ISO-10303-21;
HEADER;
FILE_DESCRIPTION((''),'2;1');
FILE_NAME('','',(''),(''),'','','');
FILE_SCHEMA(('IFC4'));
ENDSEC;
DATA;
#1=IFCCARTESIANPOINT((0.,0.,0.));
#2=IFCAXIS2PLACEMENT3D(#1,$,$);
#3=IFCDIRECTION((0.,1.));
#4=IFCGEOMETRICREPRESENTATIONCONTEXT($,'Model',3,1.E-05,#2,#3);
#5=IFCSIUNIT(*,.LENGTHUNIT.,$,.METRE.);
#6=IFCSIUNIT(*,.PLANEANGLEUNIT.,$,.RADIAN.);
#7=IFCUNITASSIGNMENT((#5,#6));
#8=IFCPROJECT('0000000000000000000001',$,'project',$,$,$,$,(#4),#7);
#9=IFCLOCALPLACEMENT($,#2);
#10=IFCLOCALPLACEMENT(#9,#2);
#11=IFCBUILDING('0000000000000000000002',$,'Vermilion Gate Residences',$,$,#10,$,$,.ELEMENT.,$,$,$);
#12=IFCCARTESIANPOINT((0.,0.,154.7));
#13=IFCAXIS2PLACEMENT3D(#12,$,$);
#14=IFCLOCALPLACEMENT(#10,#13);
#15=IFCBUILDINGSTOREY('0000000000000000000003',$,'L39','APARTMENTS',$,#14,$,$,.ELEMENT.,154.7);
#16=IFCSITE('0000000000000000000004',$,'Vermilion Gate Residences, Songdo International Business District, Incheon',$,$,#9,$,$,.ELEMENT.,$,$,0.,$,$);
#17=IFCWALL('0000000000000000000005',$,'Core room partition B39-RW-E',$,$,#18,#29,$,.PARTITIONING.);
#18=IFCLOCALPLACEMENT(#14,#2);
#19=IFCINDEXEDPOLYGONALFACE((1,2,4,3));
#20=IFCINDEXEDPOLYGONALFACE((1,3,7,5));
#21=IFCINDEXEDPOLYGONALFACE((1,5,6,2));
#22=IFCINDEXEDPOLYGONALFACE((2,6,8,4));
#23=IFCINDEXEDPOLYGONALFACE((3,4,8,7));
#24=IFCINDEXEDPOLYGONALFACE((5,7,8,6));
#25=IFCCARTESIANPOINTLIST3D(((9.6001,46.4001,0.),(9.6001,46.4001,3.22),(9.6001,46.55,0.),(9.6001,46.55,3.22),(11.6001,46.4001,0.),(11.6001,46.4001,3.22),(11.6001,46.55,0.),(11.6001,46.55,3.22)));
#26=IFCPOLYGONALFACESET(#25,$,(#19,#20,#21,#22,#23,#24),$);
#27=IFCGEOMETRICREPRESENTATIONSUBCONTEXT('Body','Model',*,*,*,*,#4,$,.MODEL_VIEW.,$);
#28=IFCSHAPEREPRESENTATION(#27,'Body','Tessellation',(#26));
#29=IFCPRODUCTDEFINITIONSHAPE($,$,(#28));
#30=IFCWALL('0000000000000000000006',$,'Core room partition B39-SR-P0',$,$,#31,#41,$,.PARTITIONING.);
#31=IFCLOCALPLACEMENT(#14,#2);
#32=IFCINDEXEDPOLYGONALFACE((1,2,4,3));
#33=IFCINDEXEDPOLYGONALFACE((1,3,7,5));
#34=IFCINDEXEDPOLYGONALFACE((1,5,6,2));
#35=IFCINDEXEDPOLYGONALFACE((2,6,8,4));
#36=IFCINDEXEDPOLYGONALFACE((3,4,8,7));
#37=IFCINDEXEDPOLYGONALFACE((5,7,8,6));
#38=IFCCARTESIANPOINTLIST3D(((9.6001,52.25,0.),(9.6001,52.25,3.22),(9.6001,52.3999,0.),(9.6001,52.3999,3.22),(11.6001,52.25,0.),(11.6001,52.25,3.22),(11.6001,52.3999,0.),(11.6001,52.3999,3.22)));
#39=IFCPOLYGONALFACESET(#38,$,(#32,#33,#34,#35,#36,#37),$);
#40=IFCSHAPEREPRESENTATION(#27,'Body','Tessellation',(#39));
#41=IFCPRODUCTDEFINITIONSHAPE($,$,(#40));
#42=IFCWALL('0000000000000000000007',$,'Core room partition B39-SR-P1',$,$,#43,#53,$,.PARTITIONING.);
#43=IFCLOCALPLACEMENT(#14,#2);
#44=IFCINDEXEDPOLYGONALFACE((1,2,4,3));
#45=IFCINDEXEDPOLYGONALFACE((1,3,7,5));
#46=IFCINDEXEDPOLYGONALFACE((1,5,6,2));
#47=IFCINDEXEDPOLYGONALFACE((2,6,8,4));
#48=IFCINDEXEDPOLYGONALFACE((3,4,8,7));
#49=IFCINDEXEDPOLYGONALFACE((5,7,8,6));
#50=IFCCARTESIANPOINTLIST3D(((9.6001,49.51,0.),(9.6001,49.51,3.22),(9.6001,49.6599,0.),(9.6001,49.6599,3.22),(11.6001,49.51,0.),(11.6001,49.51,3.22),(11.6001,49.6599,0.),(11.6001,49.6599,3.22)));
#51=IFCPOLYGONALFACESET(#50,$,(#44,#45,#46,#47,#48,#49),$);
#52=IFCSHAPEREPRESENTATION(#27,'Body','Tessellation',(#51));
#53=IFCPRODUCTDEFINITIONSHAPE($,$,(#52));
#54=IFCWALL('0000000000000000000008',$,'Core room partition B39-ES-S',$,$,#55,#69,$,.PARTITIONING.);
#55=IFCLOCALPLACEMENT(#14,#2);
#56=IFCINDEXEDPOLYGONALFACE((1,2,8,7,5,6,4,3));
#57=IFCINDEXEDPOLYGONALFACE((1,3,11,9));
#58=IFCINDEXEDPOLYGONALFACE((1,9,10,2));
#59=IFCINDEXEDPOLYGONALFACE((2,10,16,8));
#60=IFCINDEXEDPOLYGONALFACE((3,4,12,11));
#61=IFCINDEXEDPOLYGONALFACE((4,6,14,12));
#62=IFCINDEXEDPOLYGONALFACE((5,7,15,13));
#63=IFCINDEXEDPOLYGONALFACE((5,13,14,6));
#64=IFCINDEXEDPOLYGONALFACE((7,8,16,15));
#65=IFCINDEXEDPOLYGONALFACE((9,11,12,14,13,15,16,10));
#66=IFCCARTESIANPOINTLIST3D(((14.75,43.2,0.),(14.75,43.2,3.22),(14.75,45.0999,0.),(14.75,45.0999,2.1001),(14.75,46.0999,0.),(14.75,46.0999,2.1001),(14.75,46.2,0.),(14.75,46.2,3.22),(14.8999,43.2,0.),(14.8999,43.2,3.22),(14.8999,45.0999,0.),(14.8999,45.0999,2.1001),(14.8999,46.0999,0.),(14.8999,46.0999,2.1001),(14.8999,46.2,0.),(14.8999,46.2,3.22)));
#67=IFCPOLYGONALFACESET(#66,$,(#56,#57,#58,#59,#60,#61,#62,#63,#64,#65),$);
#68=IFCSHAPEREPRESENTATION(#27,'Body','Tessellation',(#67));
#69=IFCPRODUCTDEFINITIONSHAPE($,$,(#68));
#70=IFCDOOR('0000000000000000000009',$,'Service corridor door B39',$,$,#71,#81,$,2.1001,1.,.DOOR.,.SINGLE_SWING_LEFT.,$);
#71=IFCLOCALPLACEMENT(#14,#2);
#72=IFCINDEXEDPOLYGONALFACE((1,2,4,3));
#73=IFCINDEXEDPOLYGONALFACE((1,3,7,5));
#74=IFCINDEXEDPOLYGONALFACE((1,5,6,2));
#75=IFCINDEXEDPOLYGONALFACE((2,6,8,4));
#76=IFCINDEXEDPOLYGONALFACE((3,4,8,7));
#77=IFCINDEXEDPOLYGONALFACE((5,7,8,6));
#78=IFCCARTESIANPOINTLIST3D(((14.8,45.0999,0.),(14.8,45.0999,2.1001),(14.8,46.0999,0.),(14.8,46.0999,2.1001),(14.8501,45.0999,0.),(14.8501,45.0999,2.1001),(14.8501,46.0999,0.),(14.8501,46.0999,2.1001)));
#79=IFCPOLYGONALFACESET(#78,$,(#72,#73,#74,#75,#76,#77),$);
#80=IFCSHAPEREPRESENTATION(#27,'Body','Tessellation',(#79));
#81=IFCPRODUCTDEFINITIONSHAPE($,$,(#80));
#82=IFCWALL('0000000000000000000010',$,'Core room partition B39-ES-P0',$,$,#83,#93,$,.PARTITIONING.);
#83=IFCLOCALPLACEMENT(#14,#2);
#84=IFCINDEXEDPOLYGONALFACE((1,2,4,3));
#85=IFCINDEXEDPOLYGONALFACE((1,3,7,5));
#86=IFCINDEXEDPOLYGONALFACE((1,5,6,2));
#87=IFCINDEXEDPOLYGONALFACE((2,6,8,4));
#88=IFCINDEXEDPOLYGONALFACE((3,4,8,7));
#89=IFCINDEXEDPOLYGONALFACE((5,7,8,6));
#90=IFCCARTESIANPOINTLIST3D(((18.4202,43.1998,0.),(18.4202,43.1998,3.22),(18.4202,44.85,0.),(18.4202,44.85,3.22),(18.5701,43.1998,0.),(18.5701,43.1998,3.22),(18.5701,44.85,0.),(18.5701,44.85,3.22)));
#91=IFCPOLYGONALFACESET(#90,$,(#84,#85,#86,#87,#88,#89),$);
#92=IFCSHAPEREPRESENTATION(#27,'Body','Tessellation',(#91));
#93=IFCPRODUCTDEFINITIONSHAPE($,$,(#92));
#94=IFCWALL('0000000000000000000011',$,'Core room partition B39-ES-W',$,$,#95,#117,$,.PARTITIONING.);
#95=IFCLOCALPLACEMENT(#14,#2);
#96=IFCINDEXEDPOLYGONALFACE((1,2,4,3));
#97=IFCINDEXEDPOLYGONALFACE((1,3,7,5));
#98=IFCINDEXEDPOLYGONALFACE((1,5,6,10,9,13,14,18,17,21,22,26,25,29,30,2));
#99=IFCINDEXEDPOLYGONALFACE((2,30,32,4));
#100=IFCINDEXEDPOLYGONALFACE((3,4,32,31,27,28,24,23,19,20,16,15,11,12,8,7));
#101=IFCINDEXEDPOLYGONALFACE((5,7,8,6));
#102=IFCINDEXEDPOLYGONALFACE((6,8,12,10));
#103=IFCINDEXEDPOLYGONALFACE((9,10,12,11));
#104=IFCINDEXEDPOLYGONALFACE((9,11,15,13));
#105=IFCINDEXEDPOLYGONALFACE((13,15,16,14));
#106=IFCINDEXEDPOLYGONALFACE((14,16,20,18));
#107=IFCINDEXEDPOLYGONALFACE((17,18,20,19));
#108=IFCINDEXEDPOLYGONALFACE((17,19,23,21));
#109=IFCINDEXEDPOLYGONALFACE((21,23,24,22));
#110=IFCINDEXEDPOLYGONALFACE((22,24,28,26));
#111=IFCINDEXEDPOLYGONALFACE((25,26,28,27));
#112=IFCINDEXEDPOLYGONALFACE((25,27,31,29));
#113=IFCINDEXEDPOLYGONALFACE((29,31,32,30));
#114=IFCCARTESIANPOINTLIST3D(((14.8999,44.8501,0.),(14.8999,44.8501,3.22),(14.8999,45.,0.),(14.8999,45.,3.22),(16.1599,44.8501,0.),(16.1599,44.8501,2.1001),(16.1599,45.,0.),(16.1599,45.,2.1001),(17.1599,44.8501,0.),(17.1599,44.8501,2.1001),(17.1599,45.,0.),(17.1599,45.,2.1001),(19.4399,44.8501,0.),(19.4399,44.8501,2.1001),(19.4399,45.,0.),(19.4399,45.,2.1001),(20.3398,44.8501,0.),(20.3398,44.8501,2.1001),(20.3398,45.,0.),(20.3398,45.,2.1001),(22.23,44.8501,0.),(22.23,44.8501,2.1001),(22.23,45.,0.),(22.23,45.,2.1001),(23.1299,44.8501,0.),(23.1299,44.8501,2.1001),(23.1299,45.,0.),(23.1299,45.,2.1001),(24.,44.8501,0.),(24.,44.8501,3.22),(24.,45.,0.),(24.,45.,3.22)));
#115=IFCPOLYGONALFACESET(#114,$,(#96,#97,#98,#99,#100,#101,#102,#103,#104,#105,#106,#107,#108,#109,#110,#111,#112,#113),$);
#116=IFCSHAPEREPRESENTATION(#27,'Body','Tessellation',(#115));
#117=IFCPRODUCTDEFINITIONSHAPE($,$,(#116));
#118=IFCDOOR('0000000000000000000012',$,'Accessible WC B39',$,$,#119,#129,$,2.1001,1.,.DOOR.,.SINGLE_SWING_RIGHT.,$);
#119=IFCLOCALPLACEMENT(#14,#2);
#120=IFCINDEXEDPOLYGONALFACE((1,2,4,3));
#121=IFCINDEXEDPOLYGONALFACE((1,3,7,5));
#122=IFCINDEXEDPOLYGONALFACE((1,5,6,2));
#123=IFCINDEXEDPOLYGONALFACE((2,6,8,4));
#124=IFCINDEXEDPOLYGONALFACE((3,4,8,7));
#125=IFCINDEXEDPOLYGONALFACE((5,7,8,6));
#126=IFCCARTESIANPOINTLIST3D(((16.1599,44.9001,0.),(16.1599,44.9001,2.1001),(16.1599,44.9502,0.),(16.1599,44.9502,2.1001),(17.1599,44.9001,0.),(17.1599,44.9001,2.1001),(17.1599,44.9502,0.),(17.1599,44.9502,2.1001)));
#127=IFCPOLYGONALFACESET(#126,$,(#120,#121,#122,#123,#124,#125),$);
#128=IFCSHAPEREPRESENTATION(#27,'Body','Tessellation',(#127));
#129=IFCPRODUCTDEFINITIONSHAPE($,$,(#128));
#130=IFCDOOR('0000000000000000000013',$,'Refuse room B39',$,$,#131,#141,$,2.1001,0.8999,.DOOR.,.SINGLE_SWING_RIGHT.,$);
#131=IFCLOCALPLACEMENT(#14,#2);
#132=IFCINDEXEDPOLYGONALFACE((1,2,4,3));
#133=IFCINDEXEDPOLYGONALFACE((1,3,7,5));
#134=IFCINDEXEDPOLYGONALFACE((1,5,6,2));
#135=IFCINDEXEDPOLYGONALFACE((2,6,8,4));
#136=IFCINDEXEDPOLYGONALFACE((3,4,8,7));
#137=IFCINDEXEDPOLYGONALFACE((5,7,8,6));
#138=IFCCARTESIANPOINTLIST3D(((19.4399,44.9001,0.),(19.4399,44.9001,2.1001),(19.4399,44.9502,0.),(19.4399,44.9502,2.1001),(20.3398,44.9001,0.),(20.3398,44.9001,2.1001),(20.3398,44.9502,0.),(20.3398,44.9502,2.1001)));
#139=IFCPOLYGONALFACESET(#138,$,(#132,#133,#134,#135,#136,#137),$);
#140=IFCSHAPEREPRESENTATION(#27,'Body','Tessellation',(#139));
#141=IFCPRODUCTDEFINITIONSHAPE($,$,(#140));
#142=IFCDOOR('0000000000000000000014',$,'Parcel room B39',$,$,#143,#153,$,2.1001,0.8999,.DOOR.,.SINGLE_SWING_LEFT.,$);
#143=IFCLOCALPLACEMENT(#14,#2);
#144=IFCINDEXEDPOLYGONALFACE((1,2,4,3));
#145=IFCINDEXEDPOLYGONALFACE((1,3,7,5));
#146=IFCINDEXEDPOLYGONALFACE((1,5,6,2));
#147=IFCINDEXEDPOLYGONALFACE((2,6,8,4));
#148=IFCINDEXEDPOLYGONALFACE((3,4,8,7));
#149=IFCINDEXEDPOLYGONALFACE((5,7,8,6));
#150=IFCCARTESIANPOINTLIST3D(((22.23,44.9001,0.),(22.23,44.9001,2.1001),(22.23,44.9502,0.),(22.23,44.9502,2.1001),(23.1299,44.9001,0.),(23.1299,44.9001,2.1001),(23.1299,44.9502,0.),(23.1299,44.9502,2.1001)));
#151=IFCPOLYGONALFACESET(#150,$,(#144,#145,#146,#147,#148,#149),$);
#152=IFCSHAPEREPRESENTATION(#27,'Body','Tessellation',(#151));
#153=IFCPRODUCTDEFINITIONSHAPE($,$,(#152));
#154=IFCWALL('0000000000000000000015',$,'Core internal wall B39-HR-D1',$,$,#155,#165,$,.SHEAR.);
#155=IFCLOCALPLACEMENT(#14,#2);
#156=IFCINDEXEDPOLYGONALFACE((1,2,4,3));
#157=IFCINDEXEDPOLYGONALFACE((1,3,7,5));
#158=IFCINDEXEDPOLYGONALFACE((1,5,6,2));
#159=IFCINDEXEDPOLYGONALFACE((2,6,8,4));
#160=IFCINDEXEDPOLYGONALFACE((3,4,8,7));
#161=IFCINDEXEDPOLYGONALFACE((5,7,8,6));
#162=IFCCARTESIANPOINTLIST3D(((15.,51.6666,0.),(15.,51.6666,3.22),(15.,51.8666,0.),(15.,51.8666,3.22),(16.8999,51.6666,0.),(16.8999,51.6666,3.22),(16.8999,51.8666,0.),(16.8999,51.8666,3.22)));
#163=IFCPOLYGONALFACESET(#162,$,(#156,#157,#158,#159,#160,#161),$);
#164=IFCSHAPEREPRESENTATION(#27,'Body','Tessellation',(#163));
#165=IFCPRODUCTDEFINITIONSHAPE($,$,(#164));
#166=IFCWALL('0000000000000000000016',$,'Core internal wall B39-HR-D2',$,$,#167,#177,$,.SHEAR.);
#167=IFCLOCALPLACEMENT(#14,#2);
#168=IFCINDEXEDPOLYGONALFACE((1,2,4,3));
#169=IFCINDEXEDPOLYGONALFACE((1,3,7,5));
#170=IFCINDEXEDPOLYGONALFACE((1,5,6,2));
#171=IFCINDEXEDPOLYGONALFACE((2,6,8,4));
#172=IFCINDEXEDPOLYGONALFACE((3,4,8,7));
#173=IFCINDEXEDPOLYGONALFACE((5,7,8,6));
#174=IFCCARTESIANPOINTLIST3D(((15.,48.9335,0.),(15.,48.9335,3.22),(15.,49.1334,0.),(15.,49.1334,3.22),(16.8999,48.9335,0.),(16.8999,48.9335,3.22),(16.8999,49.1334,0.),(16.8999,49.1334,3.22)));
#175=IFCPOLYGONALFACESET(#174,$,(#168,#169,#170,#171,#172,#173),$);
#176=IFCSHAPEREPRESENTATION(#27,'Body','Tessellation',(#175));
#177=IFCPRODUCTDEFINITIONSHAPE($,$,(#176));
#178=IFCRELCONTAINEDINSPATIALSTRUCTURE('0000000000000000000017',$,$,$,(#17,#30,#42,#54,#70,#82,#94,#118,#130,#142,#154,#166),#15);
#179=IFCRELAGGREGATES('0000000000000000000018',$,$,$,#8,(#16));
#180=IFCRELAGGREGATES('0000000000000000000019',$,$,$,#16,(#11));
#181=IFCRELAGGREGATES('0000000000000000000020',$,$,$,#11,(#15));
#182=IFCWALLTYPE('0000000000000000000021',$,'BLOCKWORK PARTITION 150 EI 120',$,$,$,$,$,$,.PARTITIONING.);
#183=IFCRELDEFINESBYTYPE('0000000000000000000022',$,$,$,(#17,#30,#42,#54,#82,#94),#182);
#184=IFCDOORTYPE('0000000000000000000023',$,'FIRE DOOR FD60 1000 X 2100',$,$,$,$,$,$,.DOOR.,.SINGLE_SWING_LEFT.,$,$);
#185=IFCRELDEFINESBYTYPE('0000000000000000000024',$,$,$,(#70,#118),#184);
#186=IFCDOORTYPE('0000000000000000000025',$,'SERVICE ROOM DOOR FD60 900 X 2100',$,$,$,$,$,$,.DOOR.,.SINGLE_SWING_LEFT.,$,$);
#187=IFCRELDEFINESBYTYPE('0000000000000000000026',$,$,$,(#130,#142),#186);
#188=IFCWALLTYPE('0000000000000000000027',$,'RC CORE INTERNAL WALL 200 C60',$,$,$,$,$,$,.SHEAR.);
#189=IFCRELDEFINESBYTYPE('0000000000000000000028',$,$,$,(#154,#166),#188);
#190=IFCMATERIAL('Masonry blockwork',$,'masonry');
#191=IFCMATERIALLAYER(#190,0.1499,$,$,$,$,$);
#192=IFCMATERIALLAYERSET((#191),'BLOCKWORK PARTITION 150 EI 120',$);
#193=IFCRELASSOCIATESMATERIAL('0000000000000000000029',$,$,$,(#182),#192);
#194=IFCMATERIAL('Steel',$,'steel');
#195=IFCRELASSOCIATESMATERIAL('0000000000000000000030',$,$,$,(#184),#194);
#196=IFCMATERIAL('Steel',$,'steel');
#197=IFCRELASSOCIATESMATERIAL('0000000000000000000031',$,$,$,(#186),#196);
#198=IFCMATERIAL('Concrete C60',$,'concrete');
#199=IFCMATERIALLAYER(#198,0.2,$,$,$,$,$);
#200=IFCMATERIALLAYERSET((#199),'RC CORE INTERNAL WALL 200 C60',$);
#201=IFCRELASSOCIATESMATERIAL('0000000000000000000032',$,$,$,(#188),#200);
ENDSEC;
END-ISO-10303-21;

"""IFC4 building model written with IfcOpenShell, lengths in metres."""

from ifc_helpers import new_model, si_unit, direction, frame, frame_2d, origin, place, context, subcontext, project, spatial, rectangle, extrude, material, layer, layer_set, type_object, element, fill, save


model = new_model("IFC4")

# Units and contexts
model_context = context("Model", 3, precision=1e-05, world=origin(), true_north=direction((0.0, 1.0)))
body_context = subcontext(model_context, "Body", "Model", "MODEL_VIEW")
ifc_project = project(units=[si_unit("LENGTHUNIT", "METRE"), si_unit("PLANEANGLEUNIT", "RADIAN")], contexts=[model_context])

# Site, building, storey
site_placement = place(None, origin())
site = spatial("IfcSite", under=ifc_project, at=site_placement, Name="Vermilion Gate Residences, Songdo International Business District, Incheon", CompositionType="ELEMENT", RefElevation=0.0)
building_placement = place(site_placement, origin())
building = spatial("IfcBuilding", under=site, at=building_placement, Name="Vermilion Gate Residences", CompositionType="ELEMENT")
storey_placement = place(building_placement, frame((0.0, 0.0, 154.7)))
storey = spatial("IfcBuildingStorey", under=building, at=storey_placement, Name="L39", Description="APARTMENTS", CompositionType="ELEMENT", Elevation=154.7)

# Walls
ifc_material_1 = material(Name="Masonry blockwork", Category="masonry")
ifc_layer_1 = layer(ifc_material_1, 0.1499)
ifc_layer_set_1 = layer_set([ifc_layer_1], Name="BLOCKWORK PARTITION 150 EI 120")
wall_type_1 = type_object("IfcWallType", Name="BLOCKWORK PARTITION 150 EI 120", PredefinedType="PARTITIONING", material=ifc_layer_set_1)
for number, where, z_axis, x_axis, name in (
    (1, (9.6001, 46.4751, 0.0), (0.0, 0.0, 1.0), (1.0, 0.0, 0.0), "Core room partition B39-RW-E"),
    (2, (9.6001, 52.325, 0.0), (0.0, 0.0, 1.0), (1.0, 0.0, 0.0), "Core room partition B39-SR-P0"),
    (3, (9.6001, 49.585, 0.0), (0.0, 0.0, 1.0), (1.0, 0.0, 0.0), "Core room partition B39-SR-P1"),
):
    element("IfcWall", number, at=place(storey_placement, frame(where, z_axis=z_axis, x_axis=x_axis)), inside=storey, type_object=wall_type_1, Name=name, PredefinedType="PARTITIONING", context=body_context, shape_type="SweptSolid", body=[
        extrude(rectangle(XDim=2.0, YDim=0.1499, at=frame_2d((1.0, 0.0))), origin(), (0.0, 0.0, 1.0), 3.22),
    ])

# Wall, opening, door
wall_1_placement = place(storey_placement, frame((14.825, 46.2, 0.0), z_axis=(0.0, 0.0, 1.0), x_axis=(0.0, -1.0, 0.0)))
wall_1 = element("IfcWall", 4, at=wall_1_placement, inside=storey, type_object=wall_type_1, Name="Core room partition B39-ES-S", PredefinedType="PARTITIONING", context=body_context, shape_type="SweptSolid", body=[
    extrude(rectangle(XDim=3.0, YDim=0.1499, at=frame_2d((1.5, 0.0))), origin(), (0.0, 0.0, 1.0), 3.22),
])
opening_1_placement = place(wall_1_placement, frame((0.1001, 0.0, 0.0)))
opening_1 = element("IfcOpeningElement", 5, at=opening_1_placement, cuts=wall_1, PredefinedType="OPENING", context=body_context, shape_type="SweptSolid", body=[
    extrude(rectangle(XDim=1.0, YDim=2.1001, at=frame_2d((0.5, 1.05))), frame((0.0, 0.085, 0.0), z_axis=(0.0, -1.0, 0.0), x_axis=(1.0, 0.0, 0.0)), (0.0, 0.0, 1.0), 0.1699),
])
ifc_material_2 = material(Name="Steel", Category="steel")
door_type_1 = type_object("IfcDoorType", Name="FIRE DOOR FD60 1000 X 2100", OperationType="SINGLE_SWING_LEFT", PredefinedType="DOOR", material=ifc_material_2)
door_1_placement = place(opening_1_placement, frame((1.0, 0.0, 0.0), z_axis=(0.0, 0.0, 1.0), x_axis=(-1.0, 0.0, 0.0)))
door_1 = element("IfcDoor", 6, at=door_1_placement, inside=storey, type_object=door_type_1, Name="Service corridor door B39", OperationType="SINGLE_SWING_LEFT", OverallHeight=2.1001, OverallWidth=1.0, PredefinedType="DOOR", context=body_context, shape_type="SweptSolid", body=[
    extrude(rectangle(XDim=1.0, YDim=2.1001, at=frame_2d((0.5, 1.05))), frame((0.0, 0.0249, 0.0), z_axis=(0.0, -1.0, 0.0), x_axis=(1.0, 0.0, 0.0)), (0.0, 0.0, 1.0), 0.05),
])
fill(opening_1, door_1)

# Wall
wall_2_placement = place(storey_placement, frame((18.4951, 44.8501, 0.0), z_axis=(0.0, 0.0, 1.0), x_axis=(0.0, -1.0, 0.0)))
element("IfcWall", 7, at=wall_2_placement, inside=storey, type_object=wall_type_1, Name="Core room partition B39-ES-P0", PredefinedType="PARTITIONING", context=body_context, shape_type="SweptSolid", body=[
    extrude(rectangle(XDim=1.6501, YDim=0.1499, at=frame_2d((0.8252, 0.0))), origin(), (0.0, 0.0, 1.0), 3.22),
])

# Wall, openings, doors
wall_3_placement = place(storey_placement, frame((14.8999, 44.925, 0.0), z_axis=(0.0, 0.0, 1.0), x_axis=(1.0, 0.0, 0.0)))
wall_3 = element("IfcWall", 8, at=wall_3_placement, inside=storey, type_object=wall_type_1, Name="Core room partition B39-ES-W", PredefinedType="PARTITIONING", context=body_context, shape_type="SweptSolid", body=[
    extrude(rectangle(XDim=9.1001, YDim=0.1499, at=frame_2d((4.55, 0.0))), origin(), (0.0, 0.0, 1.0), 3.22),
])
opening_2_placement = place(wall_3_placement, frame((1.26, 0.0, 0.0)))
opening_2 = element("IfcOpeningElement", 9, at=opening_2_placement, cuts=wall_3, PredefinedType="OPENING", context=body_context, shape_type="SweptSolid", body=[
    extrude(rectangle(XDim=1.0, YDim=2.1001, at=frame_2d((0.5, 1.05))), frame((0.0, 0.085, 0.0), z_axis=(0.0, -1.0, 0.0), x_axis=(1.0, 0.0, 0.0)), (0.0, 0.0, 1.0), 0.1699),
])
opening_3_placement = place(wall_3_placement, frame((4.54, 0.0, 0.0)))
opening_3 = element("IfcOpeningElement", 10, at=opening_3_placement, cuts=wall_3, PredefinedType="OPENING", context=body_context, shape_type="SweptSolid", body=[
    extrude(rectangle(XDim=0.8999, YDim=2.1001, at=frame_2d((0.45, 1.05))), frame((0.0, 0.085, 0.0), z_axis=(0.0, -1.0, 0.0), x_axis=(1.0, 0.0, 0.0)), (0.0, 0.0, 1.0), 0.1699),
])
opening_4_placement = place(wall_3_placement, frame((7.3301, 0.0, 0.0)))
opening_4 = element("IfcOpeningElement", 11, at=opening_4_placement, cuts=wall_3, PredefinedType="OPENING", context=body_context, shape_type="SweptSolid", body=[
    extrude(rectangle(XDim=0.8999, YDim=2.1001, at=frame_2d((0.45, 1.05))), frame((0.0, 0.085, 0.0), z_axis=(0.0, -1.0, 0.0), x_axis=(1.0, 0.0, 0.0)), (0.0, 0.0, 1.0), 0.1699),
])
door_2_placement = place(opening_2_placement, frame((1.0, 0.0, 0.0), z_axis=(0.0, 0.0, 1.0), x_axis=(-1.0, 0.0, 0.0)))
door_2 = element("IfcDoor", 12, at=door_2_placement, inside=storey, type_object=door_type_1, Name="Accessible WC B39", OperationType="SINGLE_SWING_RIGHT", OverallHeight=2.1001, OverallWidth=1.0, PredefinedType="DOOR", context=body_context, shape_type="SweptSolid", body=[
    extrude(rectangle(XDim=1.0, YDim=2.1001, at=frame_2d((0.5, 1.05))), frame((0.0, 0.0249, 0.0), z_axis=(0.0, -1.0, 0.0), x_axis=(1.0, 0.0, 0.0)), (0.0, 0.0, 1.0), 0.05),
])
fill(opening_2, door_2)
ifc_material_3 = material(Name="Steel", Category="steel")
door_type_2 = type_object("IfcDoorType", Name="SERVICE ROOM DOOR FD60 900 X 2100", OperationType="SINGLE_SWING_LEFT", PredefinedType="DOOR", material=ifc_material_3)
door_3_placement = place(opening_3_placement, frame((0.8999, 0.0, 0.0), z_axis=(0.0, 0.0, 1.0), x_axis=(-1.0, 0.0, 0.0)))
door_3 = element("IfcDoor", 13, at=door_3_placement, inside=storey, type_object=door_type_2, Name="Refuse room B39", OperationType="SINGLE_SWING_RIGHT", OverallHeight=2.1001, OverallWidth=0.8999, PredefinedType="DOOR", context=body_context, shape_type="SweptSolid", body=[
    extrude(rectangle(XDim=0.8999, YDim=2.1001, at=frame_2d((0.45, 1.05))), frame((0.0, 0.0249, 0.0), z_axis=(0.0, -1.0, 0.0), x_axis=(1.0, 0.0, 0.0)), (0.0, 0.0, 1.0), 0.05),
])
fill(opening_3, door_3)
door_4_placement = place(opening_4_placement, frame((0.8999, 0.0, 0.0), z_axis=(0.0, 0.0, 1.0), x_axis=(-1.0, 0.0, 0.0)))
door_4 = element("IfcDoor", 14, at=door_4_placement, inside=storey, type_object=door_type_2, Name="Parcel room B39", OperationType="SINGLE_SWING_LEFT", OverallHeight=2.1001, OverallWidth=0.8999, PredefinedType="DOOR", context=body_context, shape_type="SweptSolid", body=[
    extrude(rectangle(XDim=0.8999, YDim=2.1001, at=frame_2d((0.45, 1.05))), frame((0.0, 0.0249, 0.0), z_axis=(0.0, -1.0, 0.0), x_axis=(1.0, 0.0, 0.0)), (0.0, 0.0, 1.0), 0.05),
])
fill(opening_4, door_4)

# Walls
ifc_material_4 = material(Name="Concrete C60", Category="concrete")
ifc_layer_2 = layer(ifc_material_4, 0.2)
ifc_layer_set_2 = layer_set([ifc_layer_2], Name="RC CORE INTERNAL WALL 200 C60")
wall_type_2 = type_object("IfcWallType", Name="RC CORE INTERNAL WALL 200 C60", PredefinedType="SHEAR", material=ifc_layer_set_2)
for number, where, z_axis, x_axis, name in (
    (15, (15.0, 51.7666, 0.0), (0.0, 0.0, 1.0), (1.0, 0.0, 0.0), "Core internal wall B39-HR-D1"),
    (16, (15.0, 49.0334, 0.0), (0.0, 0.0, 1.0), (1.0, 0.0, 0.0), "Core internal wall B39-HR-D2"),
):
    element("IfcWall", number, at=place(storey_placement, frame(where, z_axis=z_axis, x_axis=x_axis)), inside=storey, type_object=wall_type_2, Name=name, PredefinedType="SHEAR", context=body_context, shape_type="SweptSolid", body=[
        extrude(rectangle(XDim=1.8999, YDim=0.2, at=frame_2d((0.95, 0.0))), origin(), (0.0, 0.0, 1.0), 3.22),
    ])

save(model, "model.ifc")
